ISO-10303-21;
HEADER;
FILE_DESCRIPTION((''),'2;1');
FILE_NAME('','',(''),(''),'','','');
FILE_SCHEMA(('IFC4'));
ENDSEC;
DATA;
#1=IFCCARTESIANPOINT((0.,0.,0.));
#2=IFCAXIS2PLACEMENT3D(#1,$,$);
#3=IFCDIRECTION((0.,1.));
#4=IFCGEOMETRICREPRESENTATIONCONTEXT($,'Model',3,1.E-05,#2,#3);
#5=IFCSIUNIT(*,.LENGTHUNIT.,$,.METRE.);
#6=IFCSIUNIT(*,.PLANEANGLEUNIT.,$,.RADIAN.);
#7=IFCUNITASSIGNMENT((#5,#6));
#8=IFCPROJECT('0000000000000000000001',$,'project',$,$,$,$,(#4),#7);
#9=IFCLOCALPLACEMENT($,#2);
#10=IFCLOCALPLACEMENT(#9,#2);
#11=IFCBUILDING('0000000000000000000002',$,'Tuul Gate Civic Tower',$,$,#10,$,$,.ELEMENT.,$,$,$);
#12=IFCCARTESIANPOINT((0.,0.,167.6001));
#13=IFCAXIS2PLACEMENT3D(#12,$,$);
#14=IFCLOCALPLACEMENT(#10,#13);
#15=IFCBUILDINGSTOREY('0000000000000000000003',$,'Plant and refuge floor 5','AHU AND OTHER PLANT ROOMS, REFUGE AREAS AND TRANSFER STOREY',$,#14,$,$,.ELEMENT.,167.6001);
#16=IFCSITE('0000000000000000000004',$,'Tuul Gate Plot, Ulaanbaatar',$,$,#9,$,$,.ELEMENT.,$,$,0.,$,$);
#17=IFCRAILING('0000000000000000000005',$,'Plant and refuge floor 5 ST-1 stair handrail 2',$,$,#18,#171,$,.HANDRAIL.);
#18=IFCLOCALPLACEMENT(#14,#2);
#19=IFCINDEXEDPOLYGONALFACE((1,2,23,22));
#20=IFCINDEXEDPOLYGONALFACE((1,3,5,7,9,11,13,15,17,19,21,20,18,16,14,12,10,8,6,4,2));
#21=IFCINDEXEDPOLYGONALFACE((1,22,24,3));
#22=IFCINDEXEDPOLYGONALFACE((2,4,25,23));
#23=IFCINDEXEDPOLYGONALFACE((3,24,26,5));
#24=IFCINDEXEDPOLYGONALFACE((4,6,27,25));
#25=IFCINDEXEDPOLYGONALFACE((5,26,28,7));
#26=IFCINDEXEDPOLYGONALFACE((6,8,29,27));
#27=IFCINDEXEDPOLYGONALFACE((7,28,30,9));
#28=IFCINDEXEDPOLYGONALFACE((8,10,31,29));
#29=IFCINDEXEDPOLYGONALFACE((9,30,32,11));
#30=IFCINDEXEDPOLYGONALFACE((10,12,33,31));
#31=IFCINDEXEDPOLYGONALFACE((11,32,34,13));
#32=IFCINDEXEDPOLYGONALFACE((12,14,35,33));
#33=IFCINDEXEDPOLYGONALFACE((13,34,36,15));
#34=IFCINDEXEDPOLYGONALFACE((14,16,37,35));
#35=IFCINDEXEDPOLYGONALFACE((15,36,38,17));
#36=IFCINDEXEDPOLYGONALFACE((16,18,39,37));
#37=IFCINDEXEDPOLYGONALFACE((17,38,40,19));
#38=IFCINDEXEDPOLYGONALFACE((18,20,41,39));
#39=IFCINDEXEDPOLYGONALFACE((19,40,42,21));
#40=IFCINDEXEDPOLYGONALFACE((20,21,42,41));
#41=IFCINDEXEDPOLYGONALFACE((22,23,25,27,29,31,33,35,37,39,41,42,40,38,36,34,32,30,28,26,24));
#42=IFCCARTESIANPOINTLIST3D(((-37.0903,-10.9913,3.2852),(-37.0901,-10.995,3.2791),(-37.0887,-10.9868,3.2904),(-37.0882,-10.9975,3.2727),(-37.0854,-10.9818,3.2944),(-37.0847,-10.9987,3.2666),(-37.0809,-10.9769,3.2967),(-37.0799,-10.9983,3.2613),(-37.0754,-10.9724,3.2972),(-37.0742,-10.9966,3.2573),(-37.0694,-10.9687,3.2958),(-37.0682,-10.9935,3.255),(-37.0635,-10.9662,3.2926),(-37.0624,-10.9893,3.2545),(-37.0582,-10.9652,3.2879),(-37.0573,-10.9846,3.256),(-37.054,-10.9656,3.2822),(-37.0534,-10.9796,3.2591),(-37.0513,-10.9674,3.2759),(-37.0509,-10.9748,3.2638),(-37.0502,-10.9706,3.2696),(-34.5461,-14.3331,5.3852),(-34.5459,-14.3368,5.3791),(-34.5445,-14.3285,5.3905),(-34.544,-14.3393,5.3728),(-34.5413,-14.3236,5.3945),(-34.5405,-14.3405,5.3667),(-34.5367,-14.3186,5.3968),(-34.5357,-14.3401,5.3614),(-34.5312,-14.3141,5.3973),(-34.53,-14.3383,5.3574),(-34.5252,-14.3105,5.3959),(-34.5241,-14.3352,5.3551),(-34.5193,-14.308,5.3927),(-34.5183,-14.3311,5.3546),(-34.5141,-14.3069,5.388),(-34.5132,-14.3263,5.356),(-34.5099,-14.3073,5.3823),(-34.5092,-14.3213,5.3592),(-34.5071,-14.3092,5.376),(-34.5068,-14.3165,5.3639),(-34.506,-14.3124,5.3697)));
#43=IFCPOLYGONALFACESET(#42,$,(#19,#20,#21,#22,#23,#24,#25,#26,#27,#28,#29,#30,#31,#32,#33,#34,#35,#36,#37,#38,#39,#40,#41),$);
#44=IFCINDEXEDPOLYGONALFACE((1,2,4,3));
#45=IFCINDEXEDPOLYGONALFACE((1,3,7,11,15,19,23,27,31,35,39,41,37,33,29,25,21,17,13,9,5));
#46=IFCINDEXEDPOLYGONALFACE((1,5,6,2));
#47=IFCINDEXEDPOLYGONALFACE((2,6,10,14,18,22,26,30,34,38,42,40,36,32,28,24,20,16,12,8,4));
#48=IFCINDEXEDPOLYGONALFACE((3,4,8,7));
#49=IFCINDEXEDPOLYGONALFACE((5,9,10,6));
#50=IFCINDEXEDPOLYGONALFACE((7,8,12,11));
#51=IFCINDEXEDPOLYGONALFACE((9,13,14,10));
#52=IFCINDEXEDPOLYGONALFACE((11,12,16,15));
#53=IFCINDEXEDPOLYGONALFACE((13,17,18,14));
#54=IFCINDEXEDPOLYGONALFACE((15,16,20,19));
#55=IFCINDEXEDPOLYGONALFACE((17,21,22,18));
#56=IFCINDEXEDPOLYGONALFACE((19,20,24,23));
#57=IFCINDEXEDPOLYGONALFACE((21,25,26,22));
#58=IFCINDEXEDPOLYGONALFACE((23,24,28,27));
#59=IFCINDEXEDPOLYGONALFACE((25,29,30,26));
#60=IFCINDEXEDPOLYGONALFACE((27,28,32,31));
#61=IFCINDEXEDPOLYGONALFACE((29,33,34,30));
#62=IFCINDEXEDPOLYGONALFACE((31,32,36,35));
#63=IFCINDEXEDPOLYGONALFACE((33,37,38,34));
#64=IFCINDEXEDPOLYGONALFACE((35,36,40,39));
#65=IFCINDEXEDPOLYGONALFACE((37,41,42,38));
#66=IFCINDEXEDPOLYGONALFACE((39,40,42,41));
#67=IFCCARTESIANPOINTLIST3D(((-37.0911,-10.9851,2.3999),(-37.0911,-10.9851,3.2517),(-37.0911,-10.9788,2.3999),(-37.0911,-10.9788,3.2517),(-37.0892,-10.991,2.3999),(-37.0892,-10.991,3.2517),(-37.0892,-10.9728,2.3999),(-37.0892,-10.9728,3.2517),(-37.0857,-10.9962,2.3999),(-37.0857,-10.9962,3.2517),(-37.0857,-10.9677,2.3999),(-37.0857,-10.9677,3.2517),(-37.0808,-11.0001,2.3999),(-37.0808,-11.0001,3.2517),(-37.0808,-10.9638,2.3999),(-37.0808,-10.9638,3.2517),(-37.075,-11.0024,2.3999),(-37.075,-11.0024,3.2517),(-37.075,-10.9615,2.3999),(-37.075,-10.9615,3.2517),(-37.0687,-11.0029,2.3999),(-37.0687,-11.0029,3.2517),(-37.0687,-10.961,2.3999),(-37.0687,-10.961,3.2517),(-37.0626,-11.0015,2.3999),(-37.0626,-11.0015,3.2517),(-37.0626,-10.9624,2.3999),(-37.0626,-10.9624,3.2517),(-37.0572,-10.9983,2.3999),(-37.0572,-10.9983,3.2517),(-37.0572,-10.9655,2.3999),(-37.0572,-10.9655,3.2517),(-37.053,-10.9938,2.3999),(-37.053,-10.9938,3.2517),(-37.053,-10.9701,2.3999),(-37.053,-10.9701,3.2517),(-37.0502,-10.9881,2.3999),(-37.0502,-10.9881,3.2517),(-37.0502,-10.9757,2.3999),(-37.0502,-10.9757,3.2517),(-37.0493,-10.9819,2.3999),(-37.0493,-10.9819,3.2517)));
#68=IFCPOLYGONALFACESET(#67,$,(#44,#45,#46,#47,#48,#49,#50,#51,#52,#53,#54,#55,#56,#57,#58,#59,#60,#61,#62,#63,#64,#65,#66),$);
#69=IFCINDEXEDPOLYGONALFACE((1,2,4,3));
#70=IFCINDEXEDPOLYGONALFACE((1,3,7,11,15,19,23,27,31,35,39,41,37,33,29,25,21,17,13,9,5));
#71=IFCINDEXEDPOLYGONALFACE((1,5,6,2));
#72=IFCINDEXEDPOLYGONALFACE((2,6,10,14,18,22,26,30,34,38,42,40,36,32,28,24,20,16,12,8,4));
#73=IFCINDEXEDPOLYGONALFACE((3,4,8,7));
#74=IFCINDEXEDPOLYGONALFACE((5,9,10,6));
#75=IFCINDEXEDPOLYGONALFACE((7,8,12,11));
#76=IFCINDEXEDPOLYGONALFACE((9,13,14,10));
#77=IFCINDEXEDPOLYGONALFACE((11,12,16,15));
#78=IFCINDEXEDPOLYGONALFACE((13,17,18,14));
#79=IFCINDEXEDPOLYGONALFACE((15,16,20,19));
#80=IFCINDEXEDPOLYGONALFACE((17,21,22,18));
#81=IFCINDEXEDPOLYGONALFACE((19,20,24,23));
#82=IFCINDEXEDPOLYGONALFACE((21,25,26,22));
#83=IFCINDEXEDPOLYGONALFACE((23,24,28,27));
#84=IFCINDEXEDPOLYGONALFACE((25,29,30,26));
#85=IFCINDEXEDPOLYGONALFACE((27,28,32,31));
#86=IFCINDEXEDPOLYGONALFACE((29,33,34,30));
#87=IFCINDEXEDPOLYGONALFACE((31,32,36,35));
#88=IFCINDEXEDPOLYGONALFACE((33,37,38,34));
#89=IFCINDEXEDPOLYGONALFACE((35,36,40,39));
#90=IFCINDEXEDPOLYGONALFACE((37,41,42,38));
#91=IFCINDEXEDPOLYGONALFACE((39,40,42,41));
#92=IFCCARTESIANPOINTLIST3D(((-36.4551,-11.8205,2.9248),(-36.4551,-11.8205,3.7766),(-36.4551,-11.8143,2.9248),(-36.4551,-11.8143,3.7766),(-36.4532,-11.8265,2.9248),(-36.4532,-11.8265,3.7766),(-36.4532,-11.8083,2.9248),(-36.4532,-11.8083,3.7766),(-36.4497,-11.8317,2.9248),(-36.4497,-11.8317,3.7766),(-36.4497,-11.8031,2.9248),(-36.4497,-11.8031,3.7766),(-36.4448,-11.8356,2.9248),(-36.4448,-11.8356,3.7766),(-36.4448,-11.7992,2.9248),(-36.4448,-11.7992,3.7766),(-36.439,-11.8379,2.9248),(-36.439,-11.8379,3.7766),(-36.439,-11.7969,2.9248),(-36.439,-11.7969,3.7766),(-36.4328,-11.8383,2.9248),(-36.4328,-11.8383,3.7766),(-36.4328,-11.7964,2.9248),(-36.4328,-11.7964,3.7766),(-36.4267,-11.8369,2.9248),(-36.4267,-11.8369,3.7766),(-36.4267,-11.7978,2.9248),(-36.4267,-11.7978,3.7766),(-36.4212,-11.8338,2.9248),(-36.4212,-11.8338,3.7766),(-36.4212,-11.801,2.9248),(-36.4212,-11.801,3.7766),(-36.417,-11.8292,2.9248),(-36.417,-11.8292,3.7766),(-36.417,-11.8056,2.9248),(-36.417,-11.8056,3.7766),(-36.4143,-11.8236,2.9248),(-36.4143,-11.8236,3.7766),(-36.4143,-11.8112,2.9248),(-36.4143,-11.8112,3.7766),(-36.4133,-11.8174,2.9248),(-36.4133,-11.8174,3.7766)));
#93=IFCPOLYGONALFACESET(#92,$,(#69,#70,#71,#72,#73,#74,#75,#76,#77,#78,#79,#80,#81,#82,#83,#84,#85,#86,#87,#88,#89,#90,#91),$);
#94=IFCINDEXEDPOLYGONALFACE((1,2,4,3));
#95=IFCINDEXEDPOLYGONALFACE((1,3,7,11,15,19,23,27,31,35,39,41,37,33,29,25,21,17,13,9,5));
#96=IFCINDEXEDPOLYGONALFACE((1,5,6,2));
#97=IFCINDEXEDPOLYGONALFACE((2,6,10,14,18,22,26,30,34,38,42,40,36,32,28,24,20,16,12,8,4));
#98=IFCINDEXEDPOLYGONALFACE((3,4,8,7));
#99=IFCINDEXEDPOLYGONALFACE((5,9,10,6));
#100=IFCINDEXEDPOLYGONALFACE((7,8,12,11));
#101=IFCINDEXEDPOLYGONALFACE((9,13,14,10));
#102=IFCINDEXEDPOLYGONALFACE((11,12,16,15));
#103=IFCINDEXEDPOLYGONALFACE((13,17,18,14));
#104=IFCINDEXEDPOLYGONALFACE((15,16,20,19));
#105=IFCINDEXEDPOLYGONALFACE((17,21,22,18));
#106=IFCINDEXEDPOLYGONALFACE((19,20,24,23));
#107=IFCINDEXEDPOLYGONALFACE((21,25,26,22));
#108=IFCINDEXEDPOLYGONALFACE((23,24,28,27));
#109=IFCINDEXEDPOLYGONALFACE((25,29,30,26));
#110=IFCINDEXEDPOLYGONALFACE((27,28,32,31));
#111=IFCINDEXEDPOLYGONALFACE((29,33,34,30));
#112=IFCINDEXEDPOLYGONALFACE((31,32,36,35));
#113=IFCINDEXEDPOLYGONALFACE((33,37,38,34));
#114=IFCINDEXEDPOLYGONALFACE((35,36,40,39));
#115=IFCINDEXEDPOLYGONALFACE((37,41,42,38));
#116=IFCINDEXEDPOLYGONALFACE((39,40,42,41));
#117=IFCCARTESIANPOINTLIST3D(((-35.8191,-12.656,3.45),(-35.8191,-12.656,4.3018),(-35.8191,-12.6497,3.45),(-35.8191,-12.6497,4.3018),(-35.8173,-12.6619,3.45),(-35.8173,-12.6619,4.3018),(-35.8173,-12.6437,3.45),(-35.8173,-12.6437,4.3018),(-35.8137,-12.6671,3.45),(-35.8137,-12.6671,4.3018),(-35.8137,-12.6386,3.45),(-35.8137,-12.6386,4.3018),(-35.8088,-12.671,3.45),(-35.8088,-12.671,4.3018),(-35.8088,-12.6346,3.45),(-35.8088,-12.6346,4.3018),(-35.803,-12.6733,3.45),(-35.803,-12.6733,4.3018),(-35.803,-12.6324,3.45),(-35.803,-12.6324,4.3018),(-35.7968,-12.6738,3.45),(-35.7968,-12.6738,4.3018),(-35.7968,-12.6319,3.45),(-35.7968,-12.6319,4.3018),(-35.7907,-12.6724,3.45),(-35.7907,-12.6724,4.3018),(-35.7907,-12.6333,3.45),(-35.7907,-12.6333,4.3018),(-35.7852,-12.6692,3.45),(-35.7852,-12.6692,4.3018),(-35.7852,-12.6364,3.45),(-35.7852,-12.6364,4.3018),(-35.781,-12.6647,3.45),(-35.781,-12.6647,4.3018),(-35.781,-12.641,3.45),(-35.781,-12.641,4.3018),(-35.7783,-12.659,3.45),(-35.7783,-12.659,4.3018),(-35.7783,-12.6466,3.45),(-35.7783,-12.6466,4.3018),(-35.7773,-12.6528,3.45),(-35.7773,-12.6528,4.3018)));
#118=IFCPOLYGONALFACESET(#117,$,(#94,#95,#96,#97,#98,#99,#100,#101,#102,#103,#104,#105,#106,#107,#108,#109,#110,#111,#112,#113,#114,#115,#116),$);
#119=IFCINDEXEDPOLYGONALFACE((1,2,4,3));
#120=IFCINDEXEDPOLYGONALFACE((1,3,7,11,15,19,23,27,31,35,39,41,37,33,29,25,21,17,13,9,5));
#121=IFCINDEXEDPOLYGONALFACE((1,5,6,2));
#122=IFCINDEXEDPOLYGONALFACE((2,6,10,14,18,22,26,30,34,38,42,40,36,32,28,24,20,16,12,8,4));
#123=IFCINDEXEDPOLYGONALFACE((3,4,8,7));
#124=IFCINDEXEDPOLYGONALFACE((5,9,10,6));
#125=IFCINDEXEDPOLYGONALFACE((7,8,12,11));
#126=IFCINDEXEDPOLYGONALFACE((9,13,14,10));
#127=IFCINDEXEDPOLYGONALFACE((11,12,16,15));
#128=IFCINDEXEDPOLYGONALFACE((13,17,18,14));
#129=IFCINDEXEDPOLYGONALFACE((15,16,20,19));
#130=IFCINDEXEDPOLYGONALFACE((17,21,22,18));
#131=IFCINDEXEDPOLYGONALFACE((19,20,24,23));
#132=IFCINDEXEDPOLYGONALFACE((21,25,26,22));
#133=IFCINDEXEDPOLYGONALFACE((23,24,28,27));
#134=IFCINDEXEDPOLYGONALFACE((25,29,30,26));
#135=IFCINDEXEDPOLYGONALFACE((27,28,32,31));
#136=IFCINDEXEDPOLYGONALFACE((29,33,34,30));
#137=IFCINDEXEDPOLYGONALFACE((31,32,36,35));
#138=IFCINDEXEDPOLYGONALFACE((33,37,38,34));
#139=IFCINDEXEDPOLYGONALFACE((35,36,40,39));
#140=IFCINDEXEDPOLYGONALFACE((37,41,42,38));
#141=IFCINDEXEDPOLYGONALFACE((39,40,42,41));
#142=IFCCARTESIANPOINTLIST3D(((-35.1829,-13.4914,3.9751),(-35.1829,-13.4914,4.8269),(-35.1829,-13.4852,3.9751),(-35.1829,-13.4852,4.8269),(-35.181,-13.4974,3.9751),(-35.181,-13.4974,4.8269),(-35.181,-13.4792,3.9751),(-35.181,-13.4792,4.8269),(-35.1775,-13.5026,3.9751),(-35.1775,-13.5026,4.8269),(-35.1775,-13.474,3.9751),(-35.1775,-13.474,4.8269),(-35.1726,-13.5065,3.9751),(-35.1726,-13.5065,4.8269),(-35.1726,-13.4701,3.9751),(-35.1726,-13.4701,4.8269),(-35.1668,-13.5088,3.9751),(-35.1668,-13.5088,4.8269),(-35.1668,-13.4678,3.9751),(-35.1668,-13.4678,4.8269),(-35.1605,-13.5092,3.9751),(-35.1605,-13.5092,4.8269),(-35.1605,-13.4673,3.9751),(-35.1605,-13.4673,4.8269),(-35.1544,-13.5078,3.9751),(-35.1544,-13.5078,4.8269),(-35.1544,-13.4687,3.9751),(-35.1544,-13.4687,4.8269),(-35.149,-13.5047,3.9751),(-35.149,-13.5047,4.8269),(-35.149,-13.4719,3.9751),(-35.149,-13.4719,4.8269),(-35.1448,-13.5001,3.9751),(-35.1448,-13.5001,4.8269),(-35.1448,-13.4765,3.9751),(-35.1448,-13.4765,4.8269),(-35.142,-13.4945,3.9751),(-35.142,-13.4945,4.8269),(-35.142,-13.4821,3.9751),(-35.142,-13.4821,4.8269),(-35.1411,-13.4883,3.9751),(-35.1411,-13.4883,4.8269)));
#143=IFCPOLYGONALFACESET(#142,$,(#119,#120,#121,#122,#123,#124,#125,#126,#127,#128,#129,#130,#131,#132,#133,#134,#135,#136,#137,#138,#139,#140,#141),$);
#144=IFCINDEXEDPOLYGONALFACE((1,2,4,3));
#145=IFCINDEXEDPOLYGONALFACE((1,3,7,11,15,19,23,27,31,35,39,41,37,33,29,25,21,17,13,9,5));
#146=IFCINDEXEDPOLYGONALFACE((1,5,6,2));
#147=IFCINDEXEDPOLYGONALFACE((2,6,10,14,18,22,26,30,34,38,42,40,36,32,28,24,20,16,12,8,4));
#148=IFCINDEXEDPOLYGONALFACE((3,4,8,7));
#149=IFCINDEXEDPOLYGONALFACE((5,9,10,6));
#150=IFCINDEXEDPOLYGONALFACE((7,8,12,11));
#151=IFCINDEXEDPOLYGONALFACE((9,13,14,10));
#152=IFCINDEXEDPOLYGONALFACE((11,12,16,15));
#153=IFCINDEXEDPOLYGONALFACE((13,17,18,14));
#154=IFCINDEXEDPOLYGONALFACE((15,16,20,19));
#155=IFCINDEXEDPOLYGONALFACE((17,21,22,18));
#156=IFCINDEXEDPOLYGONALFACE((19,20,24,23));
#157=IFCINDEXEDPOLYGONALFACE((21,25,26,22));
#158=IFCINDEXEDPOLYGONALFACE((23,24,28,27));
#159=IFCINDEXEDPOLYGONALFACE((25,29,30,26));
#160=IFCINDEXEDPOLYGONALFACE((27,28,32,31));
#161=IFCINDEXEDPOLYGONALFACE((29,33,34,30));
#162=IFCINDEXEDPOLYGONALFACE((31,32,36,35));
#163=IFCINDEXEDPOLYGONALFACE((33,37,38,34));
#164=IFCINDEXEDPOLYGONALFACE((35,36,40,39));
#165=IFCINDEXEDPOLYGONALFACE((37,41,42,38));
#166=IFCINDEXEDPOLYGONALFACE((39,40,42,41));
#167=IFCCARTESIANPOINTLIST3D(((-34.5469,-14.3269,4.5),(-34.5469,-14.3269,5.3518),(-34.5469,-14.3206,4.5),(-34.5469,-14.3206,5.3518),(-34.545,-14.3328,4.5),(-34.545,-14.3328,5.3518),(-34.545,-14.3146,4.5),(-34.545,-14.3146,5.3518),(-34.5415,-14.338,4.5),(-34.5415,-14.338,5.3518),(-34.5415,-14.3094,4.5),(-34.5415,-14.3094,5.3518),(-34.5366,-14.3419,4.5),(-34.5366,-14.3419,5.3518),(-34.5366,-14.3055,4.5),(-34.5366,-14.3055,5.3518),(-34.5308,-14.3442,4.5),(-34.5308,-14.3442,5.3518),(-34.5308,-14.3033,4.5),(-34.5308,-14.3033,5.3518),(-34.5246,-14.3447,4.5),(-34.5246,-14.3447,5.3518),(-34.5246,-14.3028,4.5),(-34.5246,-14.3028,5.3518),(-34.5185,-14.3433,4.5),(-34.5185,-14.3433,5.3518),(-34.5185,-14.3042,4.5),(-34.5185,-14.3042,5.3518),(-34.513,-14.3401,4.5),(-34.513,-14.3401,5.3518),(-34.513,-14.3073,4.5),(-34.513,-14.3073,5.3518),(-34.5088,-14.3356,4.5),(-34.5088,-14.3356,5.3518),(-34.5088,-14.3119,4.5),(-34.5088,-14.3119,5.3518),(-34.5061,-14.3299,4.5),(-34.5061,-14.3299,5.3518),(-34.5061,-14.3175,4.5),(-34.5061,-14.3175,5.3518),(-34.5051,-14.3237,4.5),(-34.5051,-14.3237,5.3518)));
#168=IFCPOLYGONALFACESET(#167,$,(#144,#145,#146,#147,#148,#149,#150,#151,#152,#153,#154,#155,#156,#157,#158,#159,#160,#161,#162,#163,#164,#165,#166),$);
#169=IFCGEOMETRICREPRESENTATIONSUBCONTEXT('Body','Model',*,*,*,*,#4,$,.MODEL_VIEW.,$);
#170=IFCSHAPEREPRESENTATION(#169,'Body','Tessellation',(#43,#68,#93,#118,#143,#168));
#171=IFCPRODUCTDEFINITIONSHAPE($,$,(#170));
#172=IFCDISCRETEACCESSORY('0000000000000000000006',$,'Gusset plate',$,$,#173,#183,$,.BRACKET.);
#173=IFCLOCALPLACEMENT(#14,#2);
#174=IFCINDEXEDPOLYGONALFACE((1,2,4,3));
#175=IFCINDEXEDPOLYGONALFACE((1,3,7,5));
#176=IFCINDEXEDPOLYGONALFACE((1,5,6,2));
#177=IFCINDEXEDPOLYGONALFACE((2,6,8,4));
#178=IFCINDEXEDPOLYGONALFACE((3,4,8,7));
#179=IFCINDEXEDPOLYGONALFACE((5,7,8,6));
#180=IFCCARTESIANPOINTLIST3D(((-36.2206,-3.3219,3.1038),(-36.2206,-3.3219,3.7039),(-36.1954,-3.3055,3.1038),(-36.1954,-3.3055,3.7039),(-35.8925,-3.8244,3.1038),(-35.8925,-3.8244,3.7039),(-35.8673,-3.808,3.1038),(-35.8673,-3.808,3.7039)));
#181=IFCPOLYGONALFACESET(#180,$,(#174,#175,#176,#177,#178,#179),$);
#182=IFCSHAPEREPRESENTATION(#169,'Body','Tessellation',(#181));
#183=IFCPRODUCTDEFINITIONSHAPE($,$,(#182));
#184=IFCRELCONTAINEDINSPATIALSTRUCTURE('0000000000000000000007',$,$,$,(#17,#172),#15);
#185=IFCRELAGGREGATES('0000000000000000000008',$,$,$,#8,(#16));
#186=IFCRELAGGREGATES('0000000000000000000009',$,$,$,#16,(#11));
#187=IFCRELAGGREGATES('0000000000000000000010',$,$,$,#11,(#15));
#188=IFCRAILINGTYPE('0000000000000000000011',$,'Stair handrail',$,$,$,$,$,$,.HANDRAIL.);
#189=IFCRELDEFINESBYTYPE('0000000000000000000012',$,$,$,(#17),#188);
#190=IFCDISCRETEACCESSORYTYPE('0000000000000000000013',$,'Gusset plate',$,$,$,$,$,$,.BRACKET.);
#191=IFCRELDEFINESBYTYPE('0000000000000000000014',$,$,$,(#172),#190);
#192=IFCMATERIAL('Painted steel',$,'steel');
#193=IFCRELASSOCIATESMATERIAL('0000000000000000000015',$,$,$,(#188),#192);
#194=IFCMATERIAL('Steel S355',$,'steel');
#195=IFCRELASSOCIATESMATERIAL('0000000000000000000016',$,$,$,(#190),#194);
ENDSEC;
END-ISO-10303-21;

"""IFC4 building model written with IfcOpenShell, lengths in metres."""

from ifc_helpers import new_model, si_unit, direction, frame, origin, origin_2d, place, context, subcontext, project, spatial, rectangle, circle, extrude, material, type_object, element, save


model = new_model("IFC4")

# Units and contexts
model_context = context("Model", 3, precision=1e-05, world=origin(), true_north=direction((0.0, 1.0)))
body_context = subcontext(model_context, "Body", "Model", "MODEL_VIEW")
ifc_project = project(units=[si_unit("LENGTHUNIT", "METRE"), si_unit("PLANEANGLEUNIT", "RADIAN")], contexts=[model_context])

# Site, building, storey
site_placement = place(None, origin())
site = spatial("IfcSite", under=ifc_project, at=site_placement, Name="Tuul Gate Plot, Ulaanbaatar", CompositionType="ELEMENT", RefElevation=0.0)
building_placement = place(site_placement, origin())
building = spatial("IfcBuilding", under=site, at=building_placement, Name="Tuul Gate Civic Tower", CompositionType="ELEMENT")
storey_placement = place(building_placement, frame((0.0, 0.0, 167.6001)))
storey = spatial("IfcBuildingStorey", under=building, at=storey_placement, Name="Plant and refuge floor 5", Description="AHU AND OTHER PLANT ROOMS, REFUGE AREAS AND TRANSFER STOREY", CompositionType="ELEMENT", Elevation=167.6001)

# Railing
ifc_material_1 = material(Name="Painted steel", Category="steel")
railing_type_1 = type_object("IfcRailingType", Name="Stair handrail", PredefinedType="HANDRAIL", material=ifc_material_1)
railing_1_placement = place(storey_placement, frame((-37.0703, -10.9819, 2.3999)))
element("IfcRailing", 1, at=railing_1_placement, inside=storey, type_object=railing_type_1, Name="Plant and refuge floor 5 ST-1 stair handrail 2", PredefinedType="HANDRAIL", context=body_context, shape_type="SweptSolid", body=[
    extrude(circle(Radius=0.0239, at=origin_2d()), frame((0.0, 0.0, 0.876), z_axis=(0.541796, -0.71165, 0.447225), x_axis=(0.795655, 0.605751, 0.0)), (0.0, 0.0, 1.0), 4.6958),
    extrude(circle(Radius=0.021, at=origin_2d()), origin(), (0.0, 0.0, 1.0), 0.8518),
    extrude(circle(Radius=0.021, at=origin_2d()), frame((0.636, -0.8354, 0.5249)), (0.0, 0.0, 1.0), 0.8518),
    extrude(circle(Radius=0.021, at=origin_2d()), frame((1.272, -1.6709, 1.05)), (0.0, 0.0, 1.0), 0.8518),
    extrude(circle(Radius=0.021, at=origin_2d()), frame((1.9082, -2.5063, 1.5752)), (0.0, 0.0, 1.0), 0.8518),
    extrude(circle(Radius=0.021, at=origin_2d()), frame((2.5442, -3.3418, 2.1001)), (0.0, 0.0, 1.0), 0.8518),
])

# Discrete accessory
ifc_material_2 = material(Name="Steel S355", Category="steel")
discrete_accessory_type = type_object("IfcDiscreteAccessoryType", Name="Gusset plate", PredefinedType="BRACKET", material=ifc_material_2)
discrete_accessory_placement = place(storey_placement, frame((-36.0439, -3.5649, 3.1038), z_axis=(0.0, 0.0, 1.0), x_axis=(-0.546711, 0.837322, 0.0)))
element("IfcDiscreteAccessory", 2, at=discrete_accessory_placement, inside=storey, type_object=discrete_accessory_type, Name="Gusset plate", PredefinedType="BRACKET", context=body_context, shape_type="SweptSolid", body=[
    extrude(rectangle(XDim=0.6001, YDim=0.03, at=origin_2d()), origin(), (0.0, 0.0, 1.0), 0.6001),
])

save(model, "model.ifc")
